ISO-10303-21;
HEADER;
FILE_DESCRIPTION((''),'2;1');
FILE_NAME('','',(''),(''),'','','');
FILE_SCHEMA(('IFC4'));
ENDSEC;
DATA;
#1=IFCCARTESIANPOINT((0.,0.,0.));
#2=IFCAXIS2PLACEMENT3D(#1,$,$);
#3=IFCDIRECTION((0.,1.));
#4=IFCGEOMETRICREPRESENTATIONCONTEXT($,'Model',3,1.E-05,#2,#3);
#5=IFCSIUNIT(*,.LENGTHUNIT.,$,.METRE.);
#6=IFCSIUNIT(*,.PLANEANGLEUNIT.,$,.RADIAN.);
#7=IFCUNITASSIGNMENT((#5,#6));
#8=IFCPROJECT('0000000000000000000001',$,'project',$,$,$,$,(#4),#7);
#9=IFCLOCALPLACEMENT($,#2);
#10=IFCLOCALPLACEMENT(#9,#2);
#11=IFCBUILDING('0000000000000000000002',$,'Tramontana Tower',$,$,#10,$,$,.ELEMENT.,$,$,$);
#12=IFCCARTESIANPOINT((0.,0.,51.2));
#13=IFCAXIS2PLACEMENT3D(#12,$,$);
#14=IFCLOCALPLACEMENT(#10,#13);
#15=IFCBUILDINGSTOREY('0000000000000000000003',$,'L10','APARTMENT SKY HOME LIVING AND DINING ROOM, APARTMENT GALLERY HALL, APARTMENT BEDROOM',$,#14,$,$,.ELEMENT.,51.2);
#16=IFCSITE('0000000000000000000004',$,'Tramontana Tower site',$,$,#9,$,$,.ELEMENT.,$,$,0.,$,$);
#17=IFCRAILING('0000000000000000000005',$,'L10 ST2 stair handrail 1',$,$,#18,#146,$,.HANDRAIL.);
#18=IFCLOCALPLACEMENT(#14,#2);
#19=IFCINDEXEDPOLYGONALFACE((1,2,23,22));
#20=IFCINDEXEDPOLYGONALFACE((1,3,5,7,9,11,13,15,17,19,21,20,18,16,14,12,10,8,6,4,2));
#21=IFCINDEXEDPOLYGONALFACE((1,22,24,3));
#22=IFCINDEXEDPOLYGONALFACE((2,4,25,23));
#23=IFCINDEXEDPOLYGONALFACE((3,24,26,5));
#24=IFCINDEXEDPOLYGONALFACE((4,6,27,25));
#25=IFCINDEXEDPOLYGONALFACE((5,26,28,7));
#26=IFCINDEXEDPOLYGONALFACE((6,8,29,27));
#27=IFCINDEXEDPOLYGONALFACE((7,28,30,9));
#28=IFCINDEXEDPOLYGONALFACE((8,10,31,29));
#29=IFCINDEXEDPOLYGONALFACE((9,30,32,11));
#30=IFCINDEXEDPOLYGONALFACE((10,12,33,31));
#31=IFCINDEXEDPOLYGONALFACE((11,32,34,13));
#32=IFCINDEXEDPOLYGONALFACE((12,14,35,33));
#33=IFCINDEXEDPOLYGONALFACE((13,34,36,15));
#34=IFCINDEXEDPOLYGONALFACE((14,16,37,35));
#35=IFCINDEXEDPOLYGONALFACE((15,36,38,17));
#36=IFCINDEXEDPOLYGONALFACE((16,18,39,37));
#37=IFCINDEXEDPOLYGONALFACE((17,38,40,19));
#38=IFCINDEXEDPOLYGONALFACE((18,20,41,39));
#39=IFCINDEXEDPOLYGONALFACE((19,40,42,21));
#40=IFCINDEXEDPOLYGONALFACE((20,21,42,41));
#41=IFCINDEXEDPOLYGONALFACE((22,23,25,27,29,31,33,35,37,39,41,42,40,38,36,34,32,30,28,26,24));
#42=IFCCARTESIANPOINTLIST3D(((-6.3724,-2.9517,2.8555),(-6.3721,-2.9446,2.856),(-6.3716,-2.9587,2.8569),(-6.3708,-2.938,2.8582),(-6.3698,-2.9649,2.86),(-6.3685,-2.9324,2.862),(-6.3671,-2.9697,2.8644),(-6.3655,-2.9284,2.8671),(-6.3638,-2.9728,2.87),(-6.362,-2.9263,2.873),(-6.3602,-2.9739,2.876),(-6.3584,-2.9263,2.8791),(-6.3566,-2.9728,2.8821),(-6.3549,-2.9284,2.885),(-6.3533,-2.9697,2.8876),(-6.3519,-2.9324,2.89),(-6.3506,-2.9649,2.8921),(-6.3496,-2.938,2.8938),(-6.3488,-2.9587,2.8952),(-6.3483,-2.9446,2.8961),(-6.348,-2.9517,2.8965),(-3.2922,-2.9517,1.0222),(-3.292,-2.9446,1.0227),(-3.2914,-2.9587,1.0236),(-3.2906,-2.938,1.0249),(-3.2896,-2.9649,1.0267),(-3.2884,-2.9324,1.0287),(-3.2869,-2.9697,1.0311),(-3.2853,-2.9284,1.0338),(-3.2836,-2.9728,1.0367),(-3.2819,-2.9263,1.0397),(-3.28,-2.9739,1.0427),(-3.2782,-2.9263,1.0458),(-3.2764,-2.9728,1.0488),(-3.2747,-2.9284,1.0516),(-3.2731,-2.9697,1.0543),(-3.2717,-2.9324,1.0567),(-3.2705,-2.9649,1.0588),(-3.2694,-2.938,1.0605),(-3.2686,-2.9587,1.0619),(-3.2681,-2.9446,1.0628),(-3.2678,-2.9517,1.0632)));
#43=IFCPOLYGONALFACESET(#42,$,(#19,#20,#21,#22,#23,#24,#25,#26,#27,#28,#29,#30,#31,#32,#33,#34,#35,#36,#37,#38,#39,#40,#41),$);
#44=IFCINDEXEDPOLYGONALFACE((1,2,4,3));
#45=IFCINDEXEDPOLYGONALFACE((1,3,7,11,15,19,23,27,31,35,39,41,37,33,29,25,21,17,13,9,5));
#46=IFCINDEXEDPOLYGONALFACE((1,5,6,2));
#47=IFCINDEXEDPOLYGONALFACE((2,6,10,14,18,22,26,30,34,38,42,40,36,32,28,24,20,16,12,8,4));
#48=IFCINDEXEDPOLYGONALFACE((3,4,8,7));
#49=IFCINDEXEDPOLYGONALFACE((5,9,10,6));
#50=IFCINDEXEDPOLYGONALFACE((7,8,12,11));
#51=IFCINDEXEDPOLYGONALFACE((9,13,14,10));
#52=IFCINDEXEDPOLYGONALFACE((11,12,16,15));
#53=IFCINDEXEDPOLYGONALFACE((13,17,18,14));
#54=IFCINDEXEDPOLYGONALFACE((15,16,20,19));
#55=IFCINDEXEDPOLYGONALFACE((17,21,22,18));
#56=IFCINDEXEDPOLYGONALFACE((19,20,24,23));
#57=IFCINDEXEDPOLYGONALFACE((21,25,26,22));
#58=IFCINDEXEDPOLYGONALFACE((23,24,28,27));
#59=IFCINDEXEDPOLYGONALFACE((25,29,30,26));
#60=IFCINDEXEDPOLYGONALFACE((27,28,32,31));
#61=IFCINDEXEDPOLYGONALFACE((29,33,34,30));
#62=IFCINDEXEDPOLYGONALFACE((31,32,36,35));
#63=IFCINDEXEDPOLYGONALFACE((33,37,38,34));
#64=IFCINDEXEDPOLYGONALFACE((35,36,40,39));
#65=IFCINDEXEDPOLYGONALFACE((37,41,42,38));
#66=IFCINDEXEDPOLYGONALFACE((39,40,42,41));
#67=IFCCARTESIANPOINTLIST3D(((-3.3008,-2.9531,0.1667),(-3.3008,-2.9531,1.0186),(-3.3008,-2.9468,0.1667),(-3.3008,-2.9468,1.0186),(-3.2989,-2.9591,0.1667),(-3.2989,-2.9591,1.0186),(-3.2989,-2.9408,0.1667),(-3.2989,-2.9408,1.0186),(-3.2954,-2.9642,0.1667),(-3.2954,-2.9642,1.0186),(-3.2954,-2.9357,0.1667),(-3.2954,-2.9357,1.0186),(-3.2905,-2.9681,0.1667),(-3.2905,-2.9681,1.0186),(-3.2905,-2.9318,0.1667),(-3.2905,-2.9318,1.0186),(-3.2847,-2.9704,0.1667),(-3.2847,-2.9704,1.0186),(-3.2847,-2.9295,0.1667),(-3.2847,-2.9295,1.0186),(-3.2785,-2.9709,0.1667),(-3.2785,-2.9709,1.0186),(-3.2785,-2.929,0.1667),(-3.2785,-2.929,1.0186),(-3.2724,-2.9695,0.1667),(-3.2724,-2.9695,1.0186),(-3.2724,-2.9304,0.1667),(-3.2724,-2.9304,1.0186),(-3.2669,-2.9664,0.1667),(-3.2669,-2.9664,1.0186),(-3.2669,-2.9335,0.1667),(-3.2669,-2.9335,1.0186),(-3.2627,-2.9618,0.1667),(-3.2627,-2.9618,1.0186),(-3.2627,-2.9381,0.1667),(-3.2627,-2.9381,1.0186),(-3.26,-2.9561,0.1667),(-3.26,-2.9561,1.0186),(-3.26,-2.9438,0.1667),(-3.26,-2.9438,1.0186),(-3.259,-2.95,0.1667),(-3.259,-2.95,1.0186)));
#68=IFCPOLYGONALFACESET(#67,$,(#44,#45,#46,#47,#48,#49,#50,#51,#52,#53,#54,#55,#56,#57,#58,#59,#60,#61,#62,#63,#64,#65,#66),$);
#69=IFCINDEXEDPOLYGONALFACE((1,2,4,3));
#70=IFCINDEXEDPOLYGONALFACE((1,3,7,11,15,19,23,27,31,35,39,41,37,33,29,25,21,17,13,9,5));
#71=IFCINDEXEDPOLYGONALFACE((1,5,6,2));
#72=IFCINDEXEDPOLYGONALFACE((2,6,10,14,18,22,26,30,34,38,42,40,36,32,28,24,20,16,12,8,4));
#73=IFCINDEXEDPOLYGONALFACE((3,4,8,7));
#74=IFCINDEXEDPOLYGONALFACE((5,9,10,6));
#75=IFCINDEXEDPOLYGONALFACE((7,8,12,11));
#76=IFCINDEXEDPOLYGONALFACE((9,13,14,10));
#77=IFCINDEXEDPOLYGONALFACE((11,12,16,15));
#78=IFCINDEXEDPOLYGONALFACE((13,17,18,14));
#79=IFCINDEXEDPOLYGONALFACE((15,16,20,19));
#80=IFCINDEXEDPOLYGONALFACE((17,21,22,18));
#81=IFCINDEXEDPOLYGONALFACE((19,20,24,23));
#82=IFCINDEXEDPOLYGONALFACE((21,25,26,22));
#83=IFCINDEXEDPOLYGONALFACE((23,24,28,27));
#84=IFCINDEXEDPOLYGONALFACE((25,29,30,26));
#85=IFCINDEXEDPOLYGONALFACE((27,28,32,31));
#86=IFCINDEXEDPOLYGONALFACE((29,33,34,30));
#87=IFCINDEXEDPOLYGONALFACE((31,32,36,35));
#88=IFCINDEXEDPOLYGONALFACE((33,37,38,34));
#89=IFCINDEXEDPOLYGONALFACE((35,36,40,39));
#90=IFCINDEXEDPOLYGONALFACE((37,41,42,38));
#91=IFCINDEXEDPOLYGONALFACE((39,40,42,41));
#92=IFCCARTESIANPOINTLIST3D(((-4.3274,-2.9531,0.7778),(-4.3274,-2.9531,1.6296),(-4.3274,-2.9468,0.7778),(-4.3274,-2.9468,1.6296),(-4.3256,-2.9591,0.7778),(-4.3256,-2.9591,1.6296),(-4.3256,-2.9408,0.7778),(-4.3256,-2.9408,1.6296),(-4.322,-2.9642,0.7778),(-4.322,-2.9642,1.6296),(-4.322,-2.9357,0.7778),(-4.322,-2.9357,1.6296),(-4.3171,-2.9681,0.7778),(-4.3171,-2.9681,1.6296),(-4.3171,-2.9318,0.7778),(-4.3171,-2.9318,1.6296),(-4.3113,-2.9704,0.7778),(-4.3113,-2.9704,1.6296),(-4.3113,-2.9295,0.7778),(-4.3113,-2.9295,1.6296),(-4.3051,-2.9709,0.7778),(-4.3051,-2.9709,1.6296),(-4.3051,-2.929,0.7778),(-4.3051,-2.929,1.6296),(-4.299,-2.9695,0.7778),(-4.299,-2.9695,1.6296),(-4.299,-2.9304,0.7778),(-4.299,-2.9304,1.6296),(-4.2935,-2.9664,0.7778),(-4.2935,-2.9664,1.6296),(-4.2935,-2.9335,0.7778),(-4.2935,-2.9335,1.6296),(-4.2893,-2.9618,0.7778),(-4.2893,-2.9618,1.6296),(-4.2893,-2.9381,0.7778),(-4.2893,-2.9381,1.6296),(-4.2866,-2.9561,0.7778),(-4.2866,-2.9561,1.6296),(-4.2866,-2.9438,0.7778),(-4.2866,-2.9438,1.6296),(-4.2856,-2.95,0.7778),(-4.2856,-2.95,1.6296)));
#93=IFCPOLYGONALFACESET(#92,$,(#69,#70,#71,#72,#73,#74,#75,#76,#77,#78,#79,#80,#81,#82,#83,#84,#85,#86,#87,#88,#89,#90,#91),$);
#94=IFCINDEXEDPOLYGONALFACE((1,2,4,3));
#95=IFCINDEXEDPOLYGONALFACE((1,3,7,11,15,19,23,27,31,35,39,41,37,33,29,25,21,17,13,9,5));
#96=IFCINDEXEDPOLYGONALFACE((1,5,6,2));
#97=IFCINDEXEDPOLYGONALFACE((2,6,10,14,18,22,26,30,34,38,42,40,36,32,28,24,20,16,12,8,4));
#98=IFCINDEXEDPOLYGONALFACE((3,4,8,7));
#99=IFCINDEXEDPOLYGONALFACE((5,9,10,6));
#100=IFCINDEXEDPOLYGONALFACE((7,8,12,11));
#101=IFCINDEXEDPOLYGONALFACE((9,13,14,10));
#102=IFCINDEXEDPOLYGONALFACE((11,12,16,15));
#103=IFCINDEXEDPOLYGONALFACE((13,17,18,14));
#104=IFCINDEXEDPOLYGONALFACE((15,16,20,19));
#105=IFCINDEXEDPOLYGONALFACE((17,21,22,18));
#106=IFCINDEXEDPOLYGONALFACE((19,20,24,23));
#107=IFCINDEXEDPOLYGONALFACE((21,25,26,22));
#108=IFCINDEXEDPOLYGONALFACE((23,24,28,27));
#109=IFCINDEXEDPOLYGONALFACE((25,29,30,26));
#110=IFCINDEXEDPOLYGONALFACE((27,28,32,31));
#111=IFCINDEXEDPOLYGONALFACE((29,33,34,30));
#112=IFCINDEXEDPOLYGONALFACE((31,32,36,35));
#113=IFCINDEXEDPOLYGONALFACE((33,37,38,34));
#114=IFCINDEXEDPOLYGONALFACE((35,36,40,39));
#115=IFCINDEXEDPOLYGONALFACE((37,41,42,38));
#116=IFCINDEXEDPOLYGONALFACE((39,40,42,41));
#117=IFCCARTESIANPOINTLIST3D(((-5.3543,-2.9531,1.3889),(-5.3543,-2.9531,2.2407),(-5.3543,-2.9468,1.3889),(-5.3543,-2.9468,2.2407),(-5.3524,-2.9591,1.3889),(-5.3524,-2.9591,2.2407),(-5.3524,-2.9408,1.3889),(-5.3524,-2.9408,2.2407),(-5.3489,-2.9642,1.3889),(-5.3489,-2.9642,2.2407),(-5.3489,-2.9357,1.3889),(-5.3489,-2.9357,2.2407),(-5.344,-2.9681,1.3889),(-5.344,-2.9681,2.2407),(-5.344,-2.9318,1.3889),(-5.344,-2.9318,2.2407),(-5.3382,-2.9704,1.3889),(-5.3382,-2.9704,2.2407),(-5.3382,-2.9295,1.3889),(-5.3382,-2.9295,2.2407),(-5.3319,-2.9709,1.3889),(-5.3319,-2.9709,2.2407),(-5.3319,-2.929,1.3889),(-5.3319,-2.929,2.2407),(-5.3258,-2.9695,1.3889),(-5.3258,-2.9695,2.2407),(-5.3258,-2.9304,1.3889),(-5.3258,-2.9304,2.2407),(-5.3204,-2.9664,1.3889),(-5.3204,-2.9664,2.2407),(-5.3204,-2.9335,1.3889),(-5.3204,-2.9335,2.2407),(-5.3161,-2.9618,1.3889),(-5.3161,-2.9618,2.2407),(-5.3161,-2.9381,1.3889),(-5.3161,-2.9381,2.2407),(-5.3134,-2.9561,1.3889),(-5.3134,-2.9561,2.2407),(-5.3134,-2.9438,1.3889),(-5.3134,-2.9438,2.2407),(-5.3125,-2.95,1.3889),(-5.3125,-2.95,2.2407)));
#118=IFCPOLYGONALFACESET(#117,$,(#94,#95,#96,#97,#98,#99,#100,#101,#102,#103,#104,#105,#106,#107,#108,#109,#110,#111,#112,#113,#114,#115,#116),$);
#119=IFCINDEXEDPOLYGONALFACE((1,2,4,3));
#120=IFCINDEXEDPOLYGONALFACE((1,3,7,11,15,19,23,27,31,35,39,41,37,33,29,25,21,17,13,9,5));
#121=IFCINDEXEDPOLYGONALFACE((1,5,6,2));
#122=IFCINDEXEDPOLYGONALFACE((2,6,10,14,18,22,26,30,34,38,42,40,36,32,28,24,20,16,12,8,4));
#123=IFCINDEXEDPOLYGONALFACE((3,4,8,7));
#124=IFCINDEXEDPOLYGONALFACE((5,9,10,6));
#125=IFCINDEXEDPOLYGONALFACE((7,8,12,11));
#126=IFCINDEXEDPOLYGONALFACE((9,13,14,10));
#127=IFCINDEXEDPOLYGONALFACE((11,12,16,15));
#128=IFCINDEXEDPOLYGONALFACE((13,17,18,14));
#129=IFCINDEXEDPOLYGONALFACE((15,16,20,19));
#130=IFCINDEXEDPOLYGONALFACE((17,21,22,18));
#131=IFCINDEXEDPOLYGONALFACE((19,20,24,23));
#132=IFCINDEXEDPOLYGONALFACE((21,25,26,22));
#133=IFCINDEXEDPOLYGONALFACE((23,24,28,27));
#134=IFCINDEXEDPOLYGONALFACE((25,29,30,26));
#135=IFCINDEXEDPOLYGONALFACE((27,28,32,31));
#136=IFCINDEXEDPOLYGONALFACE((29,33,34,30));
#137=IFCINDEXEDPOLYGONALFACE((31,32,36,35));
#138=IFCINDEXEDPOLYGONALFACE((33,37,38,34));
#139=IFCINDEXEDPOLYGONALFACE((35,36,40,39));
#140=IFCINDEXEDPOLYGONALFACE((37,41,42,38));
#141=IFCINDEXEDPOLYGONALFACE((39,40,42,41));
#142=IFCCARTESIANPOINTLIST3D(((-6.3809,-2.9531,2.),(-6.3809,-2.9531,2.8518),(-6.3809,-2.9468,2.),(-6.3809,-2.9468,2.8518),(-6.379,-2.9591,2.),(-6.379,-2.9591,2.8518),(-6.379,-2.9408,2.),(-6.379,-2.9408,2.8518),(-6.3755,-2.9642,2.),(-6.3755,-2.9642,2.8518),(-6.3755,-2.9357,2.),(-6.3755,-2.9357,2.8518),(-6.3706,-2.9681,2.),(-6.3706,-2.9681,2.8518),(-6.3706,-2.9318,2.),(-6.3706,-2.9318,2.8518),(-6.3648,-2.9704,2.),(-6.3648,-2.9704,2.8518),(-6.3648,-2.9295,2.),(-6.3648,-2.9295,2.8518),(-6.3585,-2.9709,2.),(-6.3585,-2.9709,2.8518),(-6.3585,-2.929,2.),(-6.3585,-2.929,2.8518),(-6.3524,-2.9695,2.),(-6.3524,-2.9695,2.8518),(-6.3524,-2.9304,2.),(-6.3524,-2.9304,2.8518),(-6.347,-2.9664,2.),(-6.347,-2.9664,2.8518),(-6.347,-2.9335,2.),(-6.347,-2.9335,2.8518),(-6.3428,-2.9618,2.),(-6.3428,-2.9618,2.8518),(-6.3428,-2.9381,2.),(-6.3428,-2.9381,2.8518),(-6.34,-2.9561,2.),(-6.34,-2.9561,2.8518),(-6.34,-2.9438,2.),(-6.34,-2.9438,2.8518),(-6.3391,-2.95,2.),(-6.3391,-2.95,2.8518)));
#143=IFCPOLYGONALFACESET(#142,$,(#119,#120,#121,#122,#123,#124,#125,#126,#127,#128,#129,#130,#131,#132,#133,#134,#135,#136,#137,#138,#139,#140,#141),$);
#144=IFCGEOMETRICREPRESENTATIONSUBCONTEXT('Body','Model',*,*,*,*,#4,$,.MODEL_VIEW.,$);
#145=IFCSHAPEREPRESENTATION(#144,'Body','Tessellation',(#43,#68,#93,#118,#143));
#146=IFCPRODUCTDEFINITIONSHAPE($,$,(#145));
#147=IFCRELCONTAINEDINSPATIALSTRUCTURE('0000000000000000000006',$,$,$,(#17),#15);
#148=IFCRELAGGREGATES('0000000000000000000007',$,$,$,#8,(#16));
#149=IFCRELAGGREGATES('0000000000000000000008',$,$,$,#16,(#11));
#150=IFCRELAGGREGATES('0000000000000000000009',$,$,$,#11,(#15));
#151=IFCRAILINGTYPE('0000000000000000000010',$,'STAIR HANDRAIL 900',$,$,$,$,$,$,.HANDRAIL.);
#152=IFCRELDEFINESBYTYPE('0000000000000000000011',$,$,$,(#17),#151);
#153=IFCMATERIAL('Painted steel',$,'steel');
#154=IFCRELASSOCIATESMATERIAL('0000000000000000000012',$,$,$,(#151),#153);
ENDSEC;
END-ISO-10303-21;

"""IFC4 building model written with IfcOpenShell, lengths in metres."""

from ifc_helpers import new_model, si_unit, direction, frame, origin, origin_2d, place, context, subcontext, project, spatial, circle, extrude, material, type_object, element, save


model = new_model("IFC4")

# Units and contexts
model_context = context("Model", 3, precision=1e-05, world=origin(), true_north=direction((0.0, 1.0)))
body_context = subcontext(model_context, "Body", "Model", "MODEL_VIEW")
ifc_project = project(units=[si_unit("LENGTHUNIT", "METRE"), si_unit("PLANEANGLEUNIT", "RADIAN")], contexts=[model_context])

# Site, building, storey
site_placement = place(None, origin())
site = spatial("IfcSite", under=ifc_project, at=site_placement, Name="Tramontana Tower site", CompositionType="ELEMENT", RefElevation=0.0)
building_placement = place(site_placement, origin())
building = spatial("IfcBuilding", under=site, at=building_placement, Name="Tramontana Tower", CompositionType="ELEMENT")
storey_placement = place(building_placement, frame((0.0, 0.0, 51.2)))
storey = spatial("IfcBuildingStorey", under=building, at=storey_placement, Name="L10", Description="APARTMENT SKY HOME LIVING AND DINING ROOM, APARTMENT GALLERY HALL, APARTMENT BEDROOM", CompositionType="ELEMENT", Elevation=51.2)

# Railing
ifc_material_1 = material(Name="Painted steel", Category="steel")
railing_type_1 = type_object("IfcRailingType", Name="STAIR HANDRAIL 900", PredefinedType="HANDRAIL", material=ifc_material_1)
railing_1_placement = place(storey_placement, frame((-3.28, -2.95, 0.1667)))
element("IfcRailing", 1, at=railing_1_placement, inside=storey, type_object=railing_type_1, Name="L10 ST2 stair handrail 1", PredefinedType="HANDRAIL", context=body_context, shape_type="SweptSolid", body=[
    extrude(circle(Radius=0.0239, at=origin_2d()), frame((0.0, 0.0, 0.876), z_axis=(-0.859309, 0.0, 0.511458), x_axis=(0.0, -1.0, 0.0)), (0.0, 0.0, 1.0), 3.5845),
    extrude(circle(Radius=0.021, at=origin_2d()), origin(), (0.0, 0.0, 1.0), 0.8518),
    extrude(circle(Radius=0.021, at=origin_2d()), frame((-1.0266, 0.0, 0.6111)), (0.0, 0.0, 1.0), 0.8518),
    extrude(circle(Radius=0.021, at=origin_2d()), frame((-2.0535, 0.0, 1.2222)), (0.0, 0.0, 1.0), 0.8518),
    extrude(circle(Radius=0.021, at=origin_2d()), frame((-3.0801, 0.0, 1.8333)), (0.0, 0.0, 1.0), 0.8518),
])

save(model, "model.ifc")
